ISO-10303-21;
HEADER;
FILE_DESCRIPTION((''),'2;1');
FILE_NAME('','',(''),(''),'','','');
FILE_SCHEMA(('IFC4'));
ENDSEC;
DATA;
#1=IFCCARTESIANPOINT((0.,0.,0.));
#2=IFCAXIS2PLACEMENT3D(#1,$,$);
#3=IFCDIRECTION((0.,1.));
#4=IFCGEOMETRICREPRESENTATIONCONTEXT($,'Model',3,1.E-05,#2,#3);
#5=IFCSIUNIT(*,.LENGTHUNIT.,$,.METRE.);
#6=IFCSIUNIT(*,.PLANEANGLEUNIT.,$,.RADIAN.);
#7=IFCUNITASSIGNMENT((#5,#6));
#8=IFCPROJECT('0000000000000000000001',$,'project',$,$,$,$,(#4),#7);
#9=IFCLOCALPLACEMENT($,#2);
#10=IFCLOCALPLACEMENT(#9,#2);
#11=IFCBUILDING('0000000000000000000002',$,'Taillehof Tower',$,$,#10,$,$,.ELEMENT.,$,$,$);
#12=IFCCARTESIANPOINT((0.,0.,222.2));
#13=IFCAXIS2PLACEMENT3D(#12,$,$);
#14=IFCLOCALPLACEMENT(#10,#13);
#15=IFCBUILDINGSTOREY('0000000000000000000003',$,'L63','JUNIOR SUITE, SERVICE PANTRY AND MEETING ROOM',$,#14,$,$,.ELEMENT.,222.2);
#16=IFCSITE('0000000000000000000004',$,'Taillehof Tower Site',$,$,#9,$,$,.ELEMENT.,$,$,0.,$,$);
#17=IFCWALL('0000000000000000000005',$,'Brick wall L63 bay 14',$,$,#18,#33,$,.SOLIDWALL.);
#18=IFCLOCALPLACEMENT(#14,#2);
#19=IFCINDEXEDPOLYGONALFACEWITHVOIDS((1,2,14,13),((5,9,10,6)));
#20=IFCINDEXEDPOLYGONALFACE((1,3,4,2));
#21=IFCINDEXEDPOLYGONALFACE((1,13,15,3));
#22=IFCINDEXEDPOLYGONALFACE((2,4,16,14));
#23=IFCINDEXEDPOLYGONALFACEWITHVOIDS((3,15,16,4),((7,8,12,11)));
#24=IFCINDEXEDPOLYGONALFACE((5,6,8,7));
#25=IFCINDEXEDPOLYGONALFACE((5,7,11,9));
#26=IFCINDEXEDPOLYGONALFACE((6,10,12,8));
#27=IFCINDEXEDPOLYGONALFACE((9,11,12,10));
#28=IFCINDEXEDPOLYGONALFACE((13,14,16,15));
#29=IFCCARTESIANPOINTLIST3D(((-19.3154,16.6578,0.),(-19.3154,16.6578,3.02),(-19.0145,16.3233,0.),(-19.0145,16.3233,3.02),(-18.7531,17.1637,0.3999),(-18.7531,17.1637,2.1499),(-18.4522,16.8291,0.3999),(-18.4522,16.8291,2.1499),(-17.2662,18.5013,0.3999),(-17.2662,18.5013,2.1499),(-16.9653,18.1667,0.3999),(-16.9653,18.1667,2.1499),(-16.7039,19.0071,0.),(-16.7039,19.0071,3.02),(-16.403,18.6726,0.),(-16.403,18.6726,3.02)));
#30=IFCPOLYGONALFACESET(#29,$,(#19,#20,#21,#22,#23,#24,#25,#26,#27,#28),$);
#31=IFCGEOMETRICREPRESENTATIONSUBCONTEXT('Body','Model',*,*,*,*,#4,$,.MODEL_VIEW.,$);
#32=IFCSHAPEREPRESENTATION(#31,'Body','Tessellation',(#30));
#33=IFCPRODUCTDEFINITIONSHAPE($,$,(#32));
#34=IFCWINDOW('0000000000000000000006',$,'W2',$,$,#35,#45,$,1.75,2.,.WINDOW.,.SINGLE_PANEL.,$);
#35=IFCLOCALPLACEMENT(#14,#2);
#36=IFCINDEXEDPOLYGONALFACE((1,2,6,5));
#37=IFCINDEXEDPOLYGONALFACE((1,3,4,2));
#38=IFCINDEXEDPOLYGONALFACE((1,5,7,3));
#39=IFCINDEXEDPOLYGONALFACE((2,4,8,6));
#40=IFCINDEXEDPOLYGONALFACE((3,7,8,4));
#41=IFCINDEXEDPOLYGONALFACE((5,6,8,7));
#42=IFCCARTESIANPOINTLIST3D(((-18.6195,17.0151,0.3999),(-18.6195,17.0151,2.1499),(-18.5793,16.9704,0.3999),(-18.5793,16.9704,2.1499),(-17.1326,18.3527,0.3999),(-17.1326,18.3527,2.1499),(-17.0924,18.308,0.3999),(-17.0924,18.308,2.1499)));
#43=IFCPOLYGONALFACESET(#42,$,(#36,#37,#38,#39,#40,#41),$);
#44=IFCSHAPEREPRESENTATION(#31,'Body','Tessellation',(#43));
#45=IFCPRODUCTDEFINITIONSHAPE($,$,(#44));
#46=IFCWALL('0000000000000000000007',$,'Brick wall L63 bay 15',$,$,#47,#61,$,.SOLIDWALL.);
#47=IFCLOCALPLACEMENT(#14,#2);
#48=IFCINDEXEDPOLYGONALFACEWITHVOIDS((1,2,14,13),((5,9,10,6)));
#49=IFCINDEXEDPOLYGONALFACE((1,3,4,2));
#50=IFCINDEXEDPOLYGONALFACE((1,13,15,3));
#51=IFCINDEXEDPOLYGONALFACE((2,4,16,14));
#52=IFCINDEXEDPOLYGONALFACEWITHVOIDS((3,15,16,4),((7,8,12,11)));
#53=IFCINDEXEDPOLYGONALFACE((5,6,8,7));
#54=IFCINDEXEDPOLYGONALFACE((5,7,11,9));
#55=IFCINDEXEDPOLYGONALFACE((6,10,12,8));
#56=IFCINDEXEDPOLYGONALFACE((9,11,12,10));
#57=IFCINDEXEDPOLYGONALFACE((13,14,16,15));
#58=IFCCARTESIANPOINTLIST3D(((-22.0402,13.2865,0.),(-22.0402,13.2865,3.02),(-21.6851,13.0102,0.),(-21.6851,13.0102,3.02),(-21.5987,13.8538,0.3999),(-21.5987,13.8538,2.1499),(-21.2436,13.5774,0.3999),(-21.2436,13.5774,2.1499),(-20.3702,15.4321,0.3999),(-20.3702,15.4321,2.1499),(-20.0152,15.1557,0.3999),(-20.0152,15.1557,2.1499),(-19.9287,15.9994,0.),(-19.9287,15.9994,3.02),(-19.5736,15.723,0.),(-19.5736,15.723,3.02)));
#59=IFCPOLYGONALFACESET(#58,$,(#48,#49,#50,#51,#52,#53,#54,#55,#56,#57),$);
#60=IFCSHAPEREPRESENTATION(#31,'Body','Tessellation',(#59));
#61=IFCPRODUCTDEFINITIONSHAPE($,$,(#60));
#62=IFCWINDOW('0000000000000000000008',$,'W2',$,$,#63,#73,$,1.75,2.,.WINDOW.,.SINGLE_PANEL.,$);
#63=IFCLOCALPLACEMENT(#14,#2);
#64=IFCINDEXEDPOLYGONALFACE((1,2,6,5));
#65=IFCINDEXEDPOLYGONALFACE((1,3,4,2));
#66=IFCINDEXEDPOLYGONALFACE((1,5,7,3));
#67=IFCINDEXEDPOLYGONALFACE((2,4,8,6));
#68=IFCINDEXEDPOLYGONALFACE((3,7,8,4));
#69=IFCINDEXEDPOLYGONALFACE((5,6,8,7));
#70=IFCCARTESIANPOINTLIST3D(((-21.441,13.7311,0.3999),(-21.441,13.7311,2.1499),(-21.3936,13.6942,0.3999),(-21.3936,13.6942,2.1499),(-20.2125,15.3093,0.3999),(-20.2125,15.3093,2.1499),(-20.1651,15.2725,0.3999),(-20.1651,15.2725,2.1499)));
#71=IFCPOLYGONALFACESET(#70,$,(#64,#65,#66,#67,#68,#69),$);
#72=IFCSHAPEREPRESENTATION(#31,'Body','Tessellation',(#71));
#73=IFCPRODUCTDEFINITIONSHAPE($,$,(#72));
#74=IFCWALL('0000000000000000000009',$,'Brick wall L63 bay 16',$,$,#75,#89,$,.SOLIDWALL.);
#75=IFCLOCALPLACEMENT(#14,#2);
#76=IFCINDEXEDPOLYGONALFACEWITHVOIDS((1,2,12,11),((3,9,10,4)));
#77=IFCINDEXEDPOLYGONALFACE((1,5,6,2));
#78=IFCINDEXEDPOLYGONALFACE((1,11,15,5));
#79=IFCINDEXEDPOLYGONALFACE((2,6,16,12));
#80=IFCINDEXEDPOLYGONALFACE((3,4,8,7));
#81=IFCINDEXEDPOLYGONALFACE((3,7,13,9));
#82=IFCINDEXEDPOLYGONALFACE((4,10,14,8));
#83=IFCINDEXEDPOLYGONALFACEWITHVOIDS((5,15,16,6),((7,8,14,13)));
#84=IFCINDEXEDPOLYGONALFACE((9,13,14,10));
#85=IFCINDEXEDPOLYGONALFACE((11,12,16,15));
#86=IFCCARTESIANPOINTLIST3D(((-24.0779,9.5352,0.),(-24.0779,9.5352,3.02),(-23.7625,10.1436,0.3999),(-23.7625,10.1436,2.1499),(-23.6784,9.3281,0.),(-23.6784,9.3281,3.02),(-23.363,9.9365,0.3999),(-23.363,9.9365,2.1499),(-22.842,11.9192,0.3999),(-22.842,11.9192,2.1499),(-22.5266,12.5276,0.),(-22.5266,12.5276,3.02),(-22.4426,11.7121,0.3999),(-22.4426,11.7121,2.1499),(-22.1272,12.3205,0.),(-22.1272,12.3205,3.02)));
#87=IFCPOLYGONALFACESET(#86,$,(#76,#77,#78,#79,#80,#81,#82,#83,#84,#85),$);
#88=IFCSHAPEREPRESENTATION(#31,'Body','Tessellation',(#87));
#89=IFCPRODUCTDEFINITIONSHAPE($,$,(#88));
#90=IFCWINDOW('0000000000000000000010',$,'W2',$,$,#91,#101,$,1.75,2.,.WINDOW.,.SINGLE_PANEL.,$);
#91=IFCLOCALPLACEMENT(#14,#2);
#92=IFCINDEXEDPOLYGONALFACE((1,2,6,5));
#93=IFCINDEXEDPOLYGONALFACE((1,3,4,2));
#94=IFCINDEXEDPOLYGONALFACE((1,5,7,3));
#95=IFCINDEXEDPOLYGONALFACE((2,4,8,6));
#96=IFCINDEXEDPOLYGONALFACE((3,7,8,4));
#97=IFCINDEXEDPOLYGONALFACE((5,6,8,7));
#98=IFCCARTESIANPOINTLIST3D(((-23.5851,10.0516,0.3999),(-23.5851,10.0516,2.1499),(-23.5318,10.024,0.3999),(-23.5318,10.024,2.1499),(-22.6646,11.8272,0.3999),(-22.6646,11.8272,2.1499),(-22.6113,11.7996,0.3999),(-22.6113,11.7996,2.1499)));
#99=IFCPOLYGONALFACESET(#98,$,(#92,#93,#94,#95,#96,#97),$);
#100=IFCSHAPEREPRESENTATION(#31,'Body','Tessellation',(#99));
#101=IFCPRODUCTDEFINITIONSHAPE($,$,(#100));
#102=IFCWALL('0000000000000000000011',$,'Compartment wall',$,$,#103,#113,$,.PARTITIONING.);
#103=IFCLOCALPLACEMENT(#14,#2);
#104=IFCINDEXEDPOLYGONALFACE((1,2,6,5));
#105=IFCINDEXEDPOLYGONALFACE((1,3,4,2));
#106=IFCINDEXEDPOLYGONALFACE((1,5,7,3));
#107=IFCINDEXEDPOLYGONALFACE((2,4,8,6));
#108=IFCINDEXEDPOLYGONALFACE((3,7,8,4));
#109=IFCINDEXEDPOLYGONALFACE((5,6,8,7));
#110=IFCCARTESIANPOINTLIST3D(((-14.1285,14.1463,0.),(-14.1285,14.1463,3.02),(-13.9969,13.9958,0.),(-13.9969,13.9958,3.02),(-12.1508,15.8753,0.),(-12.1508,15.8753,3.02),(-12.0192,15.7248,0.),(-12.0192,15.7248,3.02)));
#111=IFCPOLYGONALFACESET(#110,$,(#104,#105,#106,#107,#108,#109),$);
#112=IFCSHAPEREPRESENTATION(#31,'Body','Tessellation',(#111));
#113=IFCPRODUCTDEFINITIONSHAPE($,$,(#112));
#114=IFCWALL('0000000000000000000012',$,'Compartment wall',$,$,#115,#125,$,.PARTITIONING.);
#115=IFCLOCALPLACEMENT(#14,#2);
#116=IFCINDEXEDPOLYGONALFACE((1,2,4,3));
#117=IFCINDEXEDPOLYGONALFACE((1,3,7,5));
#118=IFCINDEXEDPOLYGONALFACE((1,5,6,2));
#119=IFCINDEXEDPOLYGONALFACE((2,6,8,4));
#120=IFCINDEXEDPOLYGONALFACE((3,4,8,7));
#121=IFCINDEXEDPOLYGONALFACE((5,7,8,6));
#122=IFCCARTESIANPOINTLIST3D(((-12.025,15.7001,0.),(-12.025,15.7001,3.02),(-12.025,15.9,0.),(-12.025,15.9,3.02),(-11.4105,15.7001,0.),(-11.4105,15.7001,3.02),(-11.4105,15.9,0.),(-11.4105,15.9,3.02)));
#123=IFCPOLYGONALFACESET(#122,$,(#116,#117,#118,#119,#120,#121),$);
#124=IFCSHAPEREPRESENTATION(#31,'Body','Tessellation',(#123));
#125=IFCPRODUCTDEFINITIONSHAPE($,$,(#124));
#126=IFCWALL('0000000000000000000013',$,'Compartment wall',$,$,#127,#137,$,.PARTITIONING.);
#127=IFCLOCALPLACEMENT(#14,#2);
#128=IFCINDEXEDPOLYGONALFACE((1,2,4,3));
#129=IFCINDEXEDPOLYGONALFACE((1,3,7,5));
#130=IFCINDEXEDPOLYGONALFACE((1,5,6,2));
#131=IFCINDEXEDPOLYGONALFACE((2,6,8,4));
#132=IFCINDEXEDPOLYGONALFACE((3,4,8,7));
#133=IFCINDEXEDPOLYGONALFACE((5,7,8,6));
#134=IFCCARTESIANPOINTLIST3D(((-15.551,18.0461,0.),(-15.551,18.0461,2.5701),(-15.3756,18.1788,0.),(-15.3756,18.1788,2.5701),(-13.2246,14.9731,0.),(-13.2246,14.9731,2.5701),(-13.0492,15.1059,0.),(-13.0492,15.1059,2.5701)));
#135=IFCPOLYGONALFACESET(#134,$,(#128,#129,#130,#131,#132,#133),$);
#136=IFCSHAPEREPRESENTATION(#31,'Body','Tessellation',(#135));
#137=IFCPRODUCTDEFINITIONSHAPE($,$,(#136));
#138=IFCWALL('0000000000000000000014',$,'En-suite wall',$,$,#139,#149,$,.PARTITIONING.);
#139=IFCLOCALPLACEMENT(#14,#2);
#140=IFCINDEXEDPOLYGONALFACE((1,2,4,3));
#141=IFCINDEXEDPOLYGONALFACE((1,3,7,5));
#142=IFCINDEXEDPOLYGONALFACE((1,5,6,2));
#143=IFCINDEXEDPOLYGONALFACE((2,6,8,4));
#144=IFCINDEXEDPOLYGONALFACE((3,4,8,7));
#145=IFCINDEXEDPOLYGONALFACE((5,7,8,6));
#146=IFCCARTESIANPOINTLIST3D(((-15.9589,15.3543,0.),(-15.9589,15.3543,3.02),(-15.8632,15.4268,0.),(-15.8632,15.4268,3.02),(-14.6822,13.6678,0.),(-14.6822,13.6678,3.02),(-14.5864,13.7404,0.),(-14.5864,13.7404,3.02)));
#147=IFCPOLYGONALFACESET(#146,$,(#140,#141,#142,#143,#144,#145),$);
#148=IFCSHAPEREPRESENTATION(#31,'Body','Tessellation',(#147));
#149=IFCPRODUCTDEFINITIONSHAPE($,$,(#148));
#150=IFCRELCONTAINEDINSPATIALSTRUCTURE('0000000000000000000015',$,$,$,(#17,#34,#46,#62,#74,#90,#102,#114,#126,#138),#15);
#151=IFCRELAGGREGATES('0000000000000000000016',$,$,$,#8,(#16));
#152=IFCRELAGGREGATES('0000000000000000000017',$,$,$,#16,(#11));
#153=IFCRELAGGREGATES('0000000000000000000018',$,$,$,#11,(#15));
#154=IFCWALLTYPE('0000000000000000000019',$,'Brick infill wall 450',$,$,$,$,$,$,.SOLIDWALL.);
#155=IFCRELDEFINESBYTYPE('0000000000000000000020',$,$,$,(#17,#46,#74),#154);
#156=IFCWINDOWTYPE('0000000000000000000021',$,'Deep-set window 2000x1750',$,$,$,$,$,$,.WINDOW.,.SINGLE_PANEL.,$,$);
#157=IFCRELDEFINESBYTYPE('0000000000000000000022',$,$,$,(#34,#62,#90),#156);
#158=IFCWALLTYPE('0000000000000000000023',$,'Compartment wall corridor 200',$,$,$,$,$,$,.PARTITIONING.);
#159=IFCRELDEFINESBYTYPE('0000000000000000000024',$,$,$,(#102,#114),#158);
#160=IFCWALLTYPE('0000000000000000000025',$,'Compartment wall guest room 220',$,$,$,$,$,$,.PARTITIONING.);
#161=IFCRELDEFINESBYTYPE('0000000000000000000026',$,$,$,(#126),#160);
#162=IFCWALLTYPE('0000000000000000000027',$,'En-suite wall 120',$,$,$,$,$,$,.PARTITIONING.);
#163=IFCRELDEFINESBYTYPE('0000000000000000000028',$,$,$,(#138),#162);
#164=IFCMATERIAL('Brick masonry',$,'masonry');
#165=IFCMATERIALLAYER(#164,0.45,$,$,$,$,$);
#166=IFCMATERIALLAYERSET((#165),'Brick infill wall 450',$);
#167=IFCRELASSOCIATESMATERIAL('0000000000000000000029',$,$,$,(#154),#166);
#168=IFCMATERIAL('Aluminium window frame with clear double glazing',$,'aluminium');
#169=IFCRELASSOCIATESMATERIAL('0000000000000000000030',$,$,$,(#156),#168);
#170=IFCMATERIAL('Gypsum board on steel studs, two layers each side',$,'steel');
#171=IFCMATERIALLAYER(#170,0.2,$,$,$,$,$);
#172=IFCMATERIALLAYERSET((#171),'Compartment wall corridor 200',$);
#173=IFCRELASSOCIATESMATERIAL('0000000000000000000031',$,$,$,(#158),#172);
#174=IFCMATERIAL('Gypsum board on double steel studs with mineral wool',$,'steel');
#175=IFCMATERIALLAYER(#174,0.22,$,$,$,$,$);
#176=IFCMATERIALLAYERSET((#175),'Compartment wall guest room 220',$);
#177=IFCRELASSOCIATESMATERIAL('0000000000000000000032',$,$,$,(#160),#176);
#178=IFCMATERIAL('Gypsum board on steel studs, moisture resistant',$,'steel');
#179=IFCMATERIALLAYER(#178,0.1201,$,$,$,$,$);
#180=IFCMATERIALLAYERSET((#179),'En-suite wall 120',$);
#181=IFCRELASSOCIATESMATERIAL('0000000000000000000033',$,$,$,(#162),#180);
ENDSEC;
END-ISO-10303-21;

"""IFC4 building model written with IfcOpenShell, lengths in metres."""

from ifc_helpers import new_model, si_unit, direction, frame, frame_2d, origin, place, context, subcontext, project, spatial, rectangle, extrude, material, layer, layer_set, type_object, element, fill, save


model = new_model("IFC4")

# Units and contexts
model_context = context("Model", 3, precision=1e-05, world=origin(), true_north=direction((0.0, 1.0)))
body_context = subcontext(model_context, "Body", "Model", "MODEL_VIEW")
ifc_project = project(units=[si_unit("LENGTHUNIT", "METRE"), si_unit("PLANEANGLEUNIT", "RADIAN")], contexts=[model_context])

# Site, building, storey
site_placement = place(None, origin())
site = spatial("IfcSite", under=ifc_project, at=site_placement, Name="Taillehof Tower Site", CompositionType="ELEMENT", RefElevation=0.0)
building_placement = place(site_placement, origin())
building = spatial("IfcBuilding", under=site, at=building_placement, Name="Taillehof Tower", CompositionType="ELEMENT")
storey_placement = place(building_placement, frame((0.0, 0.0, 222.2)))
storey = spatial("IfcBuildingStorey", under=building, at=storey_placement, Name="L63", Description="JUNIOR SUITE, SERVICE PANTRY AND MEETING ROOM", CompositionType="ELEMENT", Elevation=222.2)

# Walls, openings, windows
ifc_material_1 = material(Name="Brick masonry", Category="masonry")
ifc_layer_1 = layer(ifc_material_1, 0.45)
ifc_layer_set_1 = layer_set([ifc_layer_1], Name="Brick infill wall 450")
wall_type_1 = type_object("IfcWallType", Name="Brick infill wall 450", PredefinedType="SOLIDWALL", material=ifc_layer_set_1)
ifc_material_2 = material(Name="Aluminium window frame with clear double glazing", Category="aluminium")
window_type = type_object("IfcWindowType", Name="Deep-set window 2000x1750", PartitioningType="SINGLE_PANEL", PredefinedType="WINDOW", material=ifc_material_2)
wall_1_placement = place(storey_placement, frame((-16.5535, 18.8398, 0.0), z_axis=(0.0, 0.0, 1.0), x_axis=(-0.743443, -0.6688, 0.0)))
wall_1 = element("IfcWall", 1, at=wall_1_placement, inside=storey, type_object=wall_type_1, Name="Brick wall L63 bay 14", PredefinedType="SOLIDWALL", context=body_context, shape_type="SweptSolid", body=[
    extrude(rectangle(XDim=3.5127, YDim=0.45, at=frame_2d((1.7563, 0.0))), origin(), (0.0, 0.0, 1.0), 3.02),
])
opening_1_placement = place(wall_1_placement, frame((0.7563, 0.0, 0.3999)))
opening_1 = element("IfcOpeningElement", 2, at=opening_1_placement, cuts=wall_1, PredefinedType="OPENING", context=body_context, shape_type="SweptSolid", body=[
    extrude(rectangle(XDim=2.0, YDim=1.75, at=frame_2d((1.0, 0.875))), frame((0.0, 0.2349, 0.0), z_axis=(0.0, -1.0, 0.0), x_axis=(1.0, 0.0, 0.0)), (0.0, 0.0, 1.0), 0.47),
])
window_1_placement = place(opening_1_placement, origin())
window_1 = element("IfcWindow", 3, at=window_1_placement, inside=storey, type_object=window_type, Name="W2", OverallHeight=1.75, OverallWidth=2.0, PartitioningType="SINGLE_PANEL", PredefinedType="WINDOW", context=body_context, shape_type="SweptSolid", body=[
    extrude(rectangle(XDim=2.0, YDim=1.75, at=frame_2d((1.0, 0.875))), frame((0.0, 0.0349, 0.0), z_axis=(0.0, -1.0, 0.0), x_axis=(1.0, 0.0, 0.0)), (0.0, 0.0, 1.0), 0.0601),
])
fill(opening_1, window_1)
wall_2_placement = place(storey_placement, frame((-19.7512, 15.8611, 0.0), z_axis=(0.0, 0.0, 1.0), x_axis=(-0.614221, -0.789134, 0.0)))
wall_2 = element("IfcWall", 4, at=wall_2_placement, inside=storey, type_object=wall_type_1, Name="Brick wall L63 bay 15", PredefinedType="SOLIDWALL", context=body_context, shape_type="SweptSolid", body=[
    extrude(rectangle(XDim=3.4377, YDim=0.45, at=frame_2d((1.7188, 0.0))), origin(), (0.0, 0.0, 1.0), 3.02),
])
opening_2_placement = place(wall_2_placement, frame((0.7188, 0.0, 0.3999)))
opening_2 = element("IfcOpeningElement", 5, at=opening_2_placement, cuts=wall_2, PredefinedType="OPENING", context=body_context, shape_type="SweptSolid", body=[
    extrude(rectangle(XDim=2.0, YDim=1.75, at=frame_2d((1.0, 0.875))), frame((0.0, 0.2349, 0.0), z_axis=(0.0, -1.0, 0.0), x_axis=(1.0, 0.0, 0.0)), (0.0, 0.0, 1.0), 0.47),
])
window_2_placement = place(opening_2_placement, origin())
window_2 = element("IfcWindow", 6, at=window_2_placement, inside=storey, type_object=window_type, Name="W2", OverallHeight=1.75, OverallWidth=2.0, PartitioningType="SINGLE_PANEL", PredefinedType="WINDOW", context=body_context, shape_type="SweptSolid", body=[
    extrude(rectangle(XDim=2.0, YDim=1.75, at=frame_2d((1.0, 0.875))), frame((0.0, 0.0349, 0.0), z_axis=(0.0, -1.0, 0.0), x_axis=(1.0, 0.0, 0.0)), (0.0, 0.0, 1.0), 0.0601),
])
fill(opening_2, window_2)
wall_3_placement = place(storey_placement, frame((-22.3269, 12.4241, 0.0), z_axis=(0.0, 0.0, 1.0), x_axis=(-0.460233, -0.887798, 0.0)))
wall_3 = element("IfcWall", 7, at=wall_3_placement, inside=storey, type_object=wall_type_1, Name="Brick wall L63 bay 16", PredefinedType="SOLIDWALL", context=body_context, shape_type="SweptSolid", body=[
    extrude(rectangle(XDim=3.3706, YDim=0.45, at=frame_2d((1.6853, 0.0))), origin(), (0.0, 0.0, 1.0), 3.02),
])
opening_3_placement = place(wall_3_placement, frame((0.6853, 0.0, 0.3999)))
opening_3 = element("IfcOpeningElement", 8, at=opening_3_placement, cuts=wall_3, PredefinedType="OPENING", context=body_context, shape_type="SweptSolid", body=[
    extrude(rectangle(XDim=2.0, YDim=1.75, at=frame_2d((1.0, 0.875))), frame((0.0, 0.2349, 0.0), z_axis=(0.0, -1.0, 0.0), x_axis=(1.0, 0.0, 0.0)), (0.0, 0.0, 1.0), 0.47),
])
window_3_placement = place(opening_3_placement, origin())
window_3 = element("IfcWindow", 9, at=window_3_placement, inside=storey, type_object=window_type, Name="W2", OverallHeight=1.75, OverallWidth=2.0, PartitioningType="SINGLE_PANEL", PredefinedType="WINDOW", context=body_context, shape_type="SweptSolid", body=[
    extrude(rectangle(XDim=2.0, YDim=1.75, at=frame_2d((1.0, 0.875))), frame((0.0, 0.0349, 0.0), z_axis=(0.0, -1.0, 0.0), x_axis=(1.0, 0.0, 0.0)), (0.0, 0.0, 1.0), 0.0601),
])
fill(opening_3, window_3)

# Walls
ifc_material_3 = material(Name="Gypsum board on steel studs, two layers each side", Category="steel")
ifc_layer_2 = layer(ifc_material_3, 0.2)
ifc_layer_set_2 = layer_set([ifc_layer_2], Name="Compartment wall corridor 200")
wall_type_2 = type_object("IfcWallType", Name="Compartment wall corridor 200", PredefinedType="PARTITIONING", material=ifc_layer_set_2)
wall_4_placement = place(storey_placement, frame((-14.0627, 14.071, 0.0), z_axis=(0.0, 0.0, 1.0), x_axis=(0.75287, 0.658169, 0.0)))
element("IfcWall", 10, at=wall_4_placement, inside=storey, type_object=wall_type_2, Name="Compartment wall", PredefinedType="PARTITIONING", context=body_context, shape_type="SweptSolid", body=[
    extrude(rectangle(XDim=2.627, YDim=0.2, at=frame_2d((1.3135, 0.0))), origin(), (0.0, 0.0, 1.0), 3.02),
])
wall_5_placement = place(storey_placement, frame((-12.0249, 15.8, 0.0), z_axis=(0.0, 0.0, 1.0), x_axis=(1.0, 0.0, 0.0)))
element("IfcWall", 11, at=wall_5_placement, inside=storey, type_object=wall_type_2, Name="Compartment wall", PredefinedType="PARTITIONING", context=body_context, shape_type="SweptSolid", body=[
    extrude(rectangle(XDim=0.6145, YDim=0.2, at=frame_2d((0.3071, 0.0))), origin(), (0.0, 0.0, 1.0), 3.02),
])
ifc_material_4 = material(Name="Gypsum board on double steel studs with mineral wool", Category="steel")
ifc_layer_3 = layer(ifc_material_4, 0.22)
ifc_layer_set_3 = layer_set([ifc_layer_3], Name="Compartment wall guest room 220")
wall_type_3 = type_object("IfcWallType", Name="Compartment wall guest room 220", PredefinedType="PARTITIONING", material=ifc_layer_set_3)
wall_6_placement = place(storey_placement, frame((-15.4634, 18.1125, 0.0), z_axis=(0.0, 0.0, 1.0), x_axis=(0.603592, -0.797294, 0.0)))
element("IfcWall", 12, at=wall_6_placement, inside=storey, type_object=wall_type_3, Name="Compartment wall", PredefinedType="PARTITIONING", context=body_context, shape_type="SweptSolid", body=[
    extrude(rectangle(XDim=3.8542, YDim=0.22, at=frame_2d((1.9272, 0.0))), origin(), (0.0, 0.0, 1.0), 2.5701),
])
ifc_material_5 = material(Name="Gypsum board on steel studs, moisture resistant", Category="steel")
ifc_layer_4 = layer(ifc_material_5, 0.1201)
ifc_layer_set_4 = layer_set([ifc_layer_4], Name="En-suite wall 120")
wall_type_4 = type_object("IfcWallType", Name="En-suite wall 120", PredefinedType="PARTITIONING", material=ifc_layer_set_4)
wall_7_placement = place(storey_placement, frame((-14.6343, 13.7041, 0.0), z_axis=(0.0, 0.0, 1.0), x_axis=(-0.603613, 0.797277, 0.0)))
element("IfcWall", 13, at=wall_7_placement, inside=storey, type_object=wall_type_4, Name="En-suite wall", PredefinedType="PARTITIONING", context=body_context, shape_type="SweptSolid", body=[
    extrude(rectangle(XDim=2.1152, YDim=0.1201, at=frame_2d((1.0576, 0.0))), origin(), (0.0, 0.0, 1.0), 3.02),
])

save(model, "model.ifc")
